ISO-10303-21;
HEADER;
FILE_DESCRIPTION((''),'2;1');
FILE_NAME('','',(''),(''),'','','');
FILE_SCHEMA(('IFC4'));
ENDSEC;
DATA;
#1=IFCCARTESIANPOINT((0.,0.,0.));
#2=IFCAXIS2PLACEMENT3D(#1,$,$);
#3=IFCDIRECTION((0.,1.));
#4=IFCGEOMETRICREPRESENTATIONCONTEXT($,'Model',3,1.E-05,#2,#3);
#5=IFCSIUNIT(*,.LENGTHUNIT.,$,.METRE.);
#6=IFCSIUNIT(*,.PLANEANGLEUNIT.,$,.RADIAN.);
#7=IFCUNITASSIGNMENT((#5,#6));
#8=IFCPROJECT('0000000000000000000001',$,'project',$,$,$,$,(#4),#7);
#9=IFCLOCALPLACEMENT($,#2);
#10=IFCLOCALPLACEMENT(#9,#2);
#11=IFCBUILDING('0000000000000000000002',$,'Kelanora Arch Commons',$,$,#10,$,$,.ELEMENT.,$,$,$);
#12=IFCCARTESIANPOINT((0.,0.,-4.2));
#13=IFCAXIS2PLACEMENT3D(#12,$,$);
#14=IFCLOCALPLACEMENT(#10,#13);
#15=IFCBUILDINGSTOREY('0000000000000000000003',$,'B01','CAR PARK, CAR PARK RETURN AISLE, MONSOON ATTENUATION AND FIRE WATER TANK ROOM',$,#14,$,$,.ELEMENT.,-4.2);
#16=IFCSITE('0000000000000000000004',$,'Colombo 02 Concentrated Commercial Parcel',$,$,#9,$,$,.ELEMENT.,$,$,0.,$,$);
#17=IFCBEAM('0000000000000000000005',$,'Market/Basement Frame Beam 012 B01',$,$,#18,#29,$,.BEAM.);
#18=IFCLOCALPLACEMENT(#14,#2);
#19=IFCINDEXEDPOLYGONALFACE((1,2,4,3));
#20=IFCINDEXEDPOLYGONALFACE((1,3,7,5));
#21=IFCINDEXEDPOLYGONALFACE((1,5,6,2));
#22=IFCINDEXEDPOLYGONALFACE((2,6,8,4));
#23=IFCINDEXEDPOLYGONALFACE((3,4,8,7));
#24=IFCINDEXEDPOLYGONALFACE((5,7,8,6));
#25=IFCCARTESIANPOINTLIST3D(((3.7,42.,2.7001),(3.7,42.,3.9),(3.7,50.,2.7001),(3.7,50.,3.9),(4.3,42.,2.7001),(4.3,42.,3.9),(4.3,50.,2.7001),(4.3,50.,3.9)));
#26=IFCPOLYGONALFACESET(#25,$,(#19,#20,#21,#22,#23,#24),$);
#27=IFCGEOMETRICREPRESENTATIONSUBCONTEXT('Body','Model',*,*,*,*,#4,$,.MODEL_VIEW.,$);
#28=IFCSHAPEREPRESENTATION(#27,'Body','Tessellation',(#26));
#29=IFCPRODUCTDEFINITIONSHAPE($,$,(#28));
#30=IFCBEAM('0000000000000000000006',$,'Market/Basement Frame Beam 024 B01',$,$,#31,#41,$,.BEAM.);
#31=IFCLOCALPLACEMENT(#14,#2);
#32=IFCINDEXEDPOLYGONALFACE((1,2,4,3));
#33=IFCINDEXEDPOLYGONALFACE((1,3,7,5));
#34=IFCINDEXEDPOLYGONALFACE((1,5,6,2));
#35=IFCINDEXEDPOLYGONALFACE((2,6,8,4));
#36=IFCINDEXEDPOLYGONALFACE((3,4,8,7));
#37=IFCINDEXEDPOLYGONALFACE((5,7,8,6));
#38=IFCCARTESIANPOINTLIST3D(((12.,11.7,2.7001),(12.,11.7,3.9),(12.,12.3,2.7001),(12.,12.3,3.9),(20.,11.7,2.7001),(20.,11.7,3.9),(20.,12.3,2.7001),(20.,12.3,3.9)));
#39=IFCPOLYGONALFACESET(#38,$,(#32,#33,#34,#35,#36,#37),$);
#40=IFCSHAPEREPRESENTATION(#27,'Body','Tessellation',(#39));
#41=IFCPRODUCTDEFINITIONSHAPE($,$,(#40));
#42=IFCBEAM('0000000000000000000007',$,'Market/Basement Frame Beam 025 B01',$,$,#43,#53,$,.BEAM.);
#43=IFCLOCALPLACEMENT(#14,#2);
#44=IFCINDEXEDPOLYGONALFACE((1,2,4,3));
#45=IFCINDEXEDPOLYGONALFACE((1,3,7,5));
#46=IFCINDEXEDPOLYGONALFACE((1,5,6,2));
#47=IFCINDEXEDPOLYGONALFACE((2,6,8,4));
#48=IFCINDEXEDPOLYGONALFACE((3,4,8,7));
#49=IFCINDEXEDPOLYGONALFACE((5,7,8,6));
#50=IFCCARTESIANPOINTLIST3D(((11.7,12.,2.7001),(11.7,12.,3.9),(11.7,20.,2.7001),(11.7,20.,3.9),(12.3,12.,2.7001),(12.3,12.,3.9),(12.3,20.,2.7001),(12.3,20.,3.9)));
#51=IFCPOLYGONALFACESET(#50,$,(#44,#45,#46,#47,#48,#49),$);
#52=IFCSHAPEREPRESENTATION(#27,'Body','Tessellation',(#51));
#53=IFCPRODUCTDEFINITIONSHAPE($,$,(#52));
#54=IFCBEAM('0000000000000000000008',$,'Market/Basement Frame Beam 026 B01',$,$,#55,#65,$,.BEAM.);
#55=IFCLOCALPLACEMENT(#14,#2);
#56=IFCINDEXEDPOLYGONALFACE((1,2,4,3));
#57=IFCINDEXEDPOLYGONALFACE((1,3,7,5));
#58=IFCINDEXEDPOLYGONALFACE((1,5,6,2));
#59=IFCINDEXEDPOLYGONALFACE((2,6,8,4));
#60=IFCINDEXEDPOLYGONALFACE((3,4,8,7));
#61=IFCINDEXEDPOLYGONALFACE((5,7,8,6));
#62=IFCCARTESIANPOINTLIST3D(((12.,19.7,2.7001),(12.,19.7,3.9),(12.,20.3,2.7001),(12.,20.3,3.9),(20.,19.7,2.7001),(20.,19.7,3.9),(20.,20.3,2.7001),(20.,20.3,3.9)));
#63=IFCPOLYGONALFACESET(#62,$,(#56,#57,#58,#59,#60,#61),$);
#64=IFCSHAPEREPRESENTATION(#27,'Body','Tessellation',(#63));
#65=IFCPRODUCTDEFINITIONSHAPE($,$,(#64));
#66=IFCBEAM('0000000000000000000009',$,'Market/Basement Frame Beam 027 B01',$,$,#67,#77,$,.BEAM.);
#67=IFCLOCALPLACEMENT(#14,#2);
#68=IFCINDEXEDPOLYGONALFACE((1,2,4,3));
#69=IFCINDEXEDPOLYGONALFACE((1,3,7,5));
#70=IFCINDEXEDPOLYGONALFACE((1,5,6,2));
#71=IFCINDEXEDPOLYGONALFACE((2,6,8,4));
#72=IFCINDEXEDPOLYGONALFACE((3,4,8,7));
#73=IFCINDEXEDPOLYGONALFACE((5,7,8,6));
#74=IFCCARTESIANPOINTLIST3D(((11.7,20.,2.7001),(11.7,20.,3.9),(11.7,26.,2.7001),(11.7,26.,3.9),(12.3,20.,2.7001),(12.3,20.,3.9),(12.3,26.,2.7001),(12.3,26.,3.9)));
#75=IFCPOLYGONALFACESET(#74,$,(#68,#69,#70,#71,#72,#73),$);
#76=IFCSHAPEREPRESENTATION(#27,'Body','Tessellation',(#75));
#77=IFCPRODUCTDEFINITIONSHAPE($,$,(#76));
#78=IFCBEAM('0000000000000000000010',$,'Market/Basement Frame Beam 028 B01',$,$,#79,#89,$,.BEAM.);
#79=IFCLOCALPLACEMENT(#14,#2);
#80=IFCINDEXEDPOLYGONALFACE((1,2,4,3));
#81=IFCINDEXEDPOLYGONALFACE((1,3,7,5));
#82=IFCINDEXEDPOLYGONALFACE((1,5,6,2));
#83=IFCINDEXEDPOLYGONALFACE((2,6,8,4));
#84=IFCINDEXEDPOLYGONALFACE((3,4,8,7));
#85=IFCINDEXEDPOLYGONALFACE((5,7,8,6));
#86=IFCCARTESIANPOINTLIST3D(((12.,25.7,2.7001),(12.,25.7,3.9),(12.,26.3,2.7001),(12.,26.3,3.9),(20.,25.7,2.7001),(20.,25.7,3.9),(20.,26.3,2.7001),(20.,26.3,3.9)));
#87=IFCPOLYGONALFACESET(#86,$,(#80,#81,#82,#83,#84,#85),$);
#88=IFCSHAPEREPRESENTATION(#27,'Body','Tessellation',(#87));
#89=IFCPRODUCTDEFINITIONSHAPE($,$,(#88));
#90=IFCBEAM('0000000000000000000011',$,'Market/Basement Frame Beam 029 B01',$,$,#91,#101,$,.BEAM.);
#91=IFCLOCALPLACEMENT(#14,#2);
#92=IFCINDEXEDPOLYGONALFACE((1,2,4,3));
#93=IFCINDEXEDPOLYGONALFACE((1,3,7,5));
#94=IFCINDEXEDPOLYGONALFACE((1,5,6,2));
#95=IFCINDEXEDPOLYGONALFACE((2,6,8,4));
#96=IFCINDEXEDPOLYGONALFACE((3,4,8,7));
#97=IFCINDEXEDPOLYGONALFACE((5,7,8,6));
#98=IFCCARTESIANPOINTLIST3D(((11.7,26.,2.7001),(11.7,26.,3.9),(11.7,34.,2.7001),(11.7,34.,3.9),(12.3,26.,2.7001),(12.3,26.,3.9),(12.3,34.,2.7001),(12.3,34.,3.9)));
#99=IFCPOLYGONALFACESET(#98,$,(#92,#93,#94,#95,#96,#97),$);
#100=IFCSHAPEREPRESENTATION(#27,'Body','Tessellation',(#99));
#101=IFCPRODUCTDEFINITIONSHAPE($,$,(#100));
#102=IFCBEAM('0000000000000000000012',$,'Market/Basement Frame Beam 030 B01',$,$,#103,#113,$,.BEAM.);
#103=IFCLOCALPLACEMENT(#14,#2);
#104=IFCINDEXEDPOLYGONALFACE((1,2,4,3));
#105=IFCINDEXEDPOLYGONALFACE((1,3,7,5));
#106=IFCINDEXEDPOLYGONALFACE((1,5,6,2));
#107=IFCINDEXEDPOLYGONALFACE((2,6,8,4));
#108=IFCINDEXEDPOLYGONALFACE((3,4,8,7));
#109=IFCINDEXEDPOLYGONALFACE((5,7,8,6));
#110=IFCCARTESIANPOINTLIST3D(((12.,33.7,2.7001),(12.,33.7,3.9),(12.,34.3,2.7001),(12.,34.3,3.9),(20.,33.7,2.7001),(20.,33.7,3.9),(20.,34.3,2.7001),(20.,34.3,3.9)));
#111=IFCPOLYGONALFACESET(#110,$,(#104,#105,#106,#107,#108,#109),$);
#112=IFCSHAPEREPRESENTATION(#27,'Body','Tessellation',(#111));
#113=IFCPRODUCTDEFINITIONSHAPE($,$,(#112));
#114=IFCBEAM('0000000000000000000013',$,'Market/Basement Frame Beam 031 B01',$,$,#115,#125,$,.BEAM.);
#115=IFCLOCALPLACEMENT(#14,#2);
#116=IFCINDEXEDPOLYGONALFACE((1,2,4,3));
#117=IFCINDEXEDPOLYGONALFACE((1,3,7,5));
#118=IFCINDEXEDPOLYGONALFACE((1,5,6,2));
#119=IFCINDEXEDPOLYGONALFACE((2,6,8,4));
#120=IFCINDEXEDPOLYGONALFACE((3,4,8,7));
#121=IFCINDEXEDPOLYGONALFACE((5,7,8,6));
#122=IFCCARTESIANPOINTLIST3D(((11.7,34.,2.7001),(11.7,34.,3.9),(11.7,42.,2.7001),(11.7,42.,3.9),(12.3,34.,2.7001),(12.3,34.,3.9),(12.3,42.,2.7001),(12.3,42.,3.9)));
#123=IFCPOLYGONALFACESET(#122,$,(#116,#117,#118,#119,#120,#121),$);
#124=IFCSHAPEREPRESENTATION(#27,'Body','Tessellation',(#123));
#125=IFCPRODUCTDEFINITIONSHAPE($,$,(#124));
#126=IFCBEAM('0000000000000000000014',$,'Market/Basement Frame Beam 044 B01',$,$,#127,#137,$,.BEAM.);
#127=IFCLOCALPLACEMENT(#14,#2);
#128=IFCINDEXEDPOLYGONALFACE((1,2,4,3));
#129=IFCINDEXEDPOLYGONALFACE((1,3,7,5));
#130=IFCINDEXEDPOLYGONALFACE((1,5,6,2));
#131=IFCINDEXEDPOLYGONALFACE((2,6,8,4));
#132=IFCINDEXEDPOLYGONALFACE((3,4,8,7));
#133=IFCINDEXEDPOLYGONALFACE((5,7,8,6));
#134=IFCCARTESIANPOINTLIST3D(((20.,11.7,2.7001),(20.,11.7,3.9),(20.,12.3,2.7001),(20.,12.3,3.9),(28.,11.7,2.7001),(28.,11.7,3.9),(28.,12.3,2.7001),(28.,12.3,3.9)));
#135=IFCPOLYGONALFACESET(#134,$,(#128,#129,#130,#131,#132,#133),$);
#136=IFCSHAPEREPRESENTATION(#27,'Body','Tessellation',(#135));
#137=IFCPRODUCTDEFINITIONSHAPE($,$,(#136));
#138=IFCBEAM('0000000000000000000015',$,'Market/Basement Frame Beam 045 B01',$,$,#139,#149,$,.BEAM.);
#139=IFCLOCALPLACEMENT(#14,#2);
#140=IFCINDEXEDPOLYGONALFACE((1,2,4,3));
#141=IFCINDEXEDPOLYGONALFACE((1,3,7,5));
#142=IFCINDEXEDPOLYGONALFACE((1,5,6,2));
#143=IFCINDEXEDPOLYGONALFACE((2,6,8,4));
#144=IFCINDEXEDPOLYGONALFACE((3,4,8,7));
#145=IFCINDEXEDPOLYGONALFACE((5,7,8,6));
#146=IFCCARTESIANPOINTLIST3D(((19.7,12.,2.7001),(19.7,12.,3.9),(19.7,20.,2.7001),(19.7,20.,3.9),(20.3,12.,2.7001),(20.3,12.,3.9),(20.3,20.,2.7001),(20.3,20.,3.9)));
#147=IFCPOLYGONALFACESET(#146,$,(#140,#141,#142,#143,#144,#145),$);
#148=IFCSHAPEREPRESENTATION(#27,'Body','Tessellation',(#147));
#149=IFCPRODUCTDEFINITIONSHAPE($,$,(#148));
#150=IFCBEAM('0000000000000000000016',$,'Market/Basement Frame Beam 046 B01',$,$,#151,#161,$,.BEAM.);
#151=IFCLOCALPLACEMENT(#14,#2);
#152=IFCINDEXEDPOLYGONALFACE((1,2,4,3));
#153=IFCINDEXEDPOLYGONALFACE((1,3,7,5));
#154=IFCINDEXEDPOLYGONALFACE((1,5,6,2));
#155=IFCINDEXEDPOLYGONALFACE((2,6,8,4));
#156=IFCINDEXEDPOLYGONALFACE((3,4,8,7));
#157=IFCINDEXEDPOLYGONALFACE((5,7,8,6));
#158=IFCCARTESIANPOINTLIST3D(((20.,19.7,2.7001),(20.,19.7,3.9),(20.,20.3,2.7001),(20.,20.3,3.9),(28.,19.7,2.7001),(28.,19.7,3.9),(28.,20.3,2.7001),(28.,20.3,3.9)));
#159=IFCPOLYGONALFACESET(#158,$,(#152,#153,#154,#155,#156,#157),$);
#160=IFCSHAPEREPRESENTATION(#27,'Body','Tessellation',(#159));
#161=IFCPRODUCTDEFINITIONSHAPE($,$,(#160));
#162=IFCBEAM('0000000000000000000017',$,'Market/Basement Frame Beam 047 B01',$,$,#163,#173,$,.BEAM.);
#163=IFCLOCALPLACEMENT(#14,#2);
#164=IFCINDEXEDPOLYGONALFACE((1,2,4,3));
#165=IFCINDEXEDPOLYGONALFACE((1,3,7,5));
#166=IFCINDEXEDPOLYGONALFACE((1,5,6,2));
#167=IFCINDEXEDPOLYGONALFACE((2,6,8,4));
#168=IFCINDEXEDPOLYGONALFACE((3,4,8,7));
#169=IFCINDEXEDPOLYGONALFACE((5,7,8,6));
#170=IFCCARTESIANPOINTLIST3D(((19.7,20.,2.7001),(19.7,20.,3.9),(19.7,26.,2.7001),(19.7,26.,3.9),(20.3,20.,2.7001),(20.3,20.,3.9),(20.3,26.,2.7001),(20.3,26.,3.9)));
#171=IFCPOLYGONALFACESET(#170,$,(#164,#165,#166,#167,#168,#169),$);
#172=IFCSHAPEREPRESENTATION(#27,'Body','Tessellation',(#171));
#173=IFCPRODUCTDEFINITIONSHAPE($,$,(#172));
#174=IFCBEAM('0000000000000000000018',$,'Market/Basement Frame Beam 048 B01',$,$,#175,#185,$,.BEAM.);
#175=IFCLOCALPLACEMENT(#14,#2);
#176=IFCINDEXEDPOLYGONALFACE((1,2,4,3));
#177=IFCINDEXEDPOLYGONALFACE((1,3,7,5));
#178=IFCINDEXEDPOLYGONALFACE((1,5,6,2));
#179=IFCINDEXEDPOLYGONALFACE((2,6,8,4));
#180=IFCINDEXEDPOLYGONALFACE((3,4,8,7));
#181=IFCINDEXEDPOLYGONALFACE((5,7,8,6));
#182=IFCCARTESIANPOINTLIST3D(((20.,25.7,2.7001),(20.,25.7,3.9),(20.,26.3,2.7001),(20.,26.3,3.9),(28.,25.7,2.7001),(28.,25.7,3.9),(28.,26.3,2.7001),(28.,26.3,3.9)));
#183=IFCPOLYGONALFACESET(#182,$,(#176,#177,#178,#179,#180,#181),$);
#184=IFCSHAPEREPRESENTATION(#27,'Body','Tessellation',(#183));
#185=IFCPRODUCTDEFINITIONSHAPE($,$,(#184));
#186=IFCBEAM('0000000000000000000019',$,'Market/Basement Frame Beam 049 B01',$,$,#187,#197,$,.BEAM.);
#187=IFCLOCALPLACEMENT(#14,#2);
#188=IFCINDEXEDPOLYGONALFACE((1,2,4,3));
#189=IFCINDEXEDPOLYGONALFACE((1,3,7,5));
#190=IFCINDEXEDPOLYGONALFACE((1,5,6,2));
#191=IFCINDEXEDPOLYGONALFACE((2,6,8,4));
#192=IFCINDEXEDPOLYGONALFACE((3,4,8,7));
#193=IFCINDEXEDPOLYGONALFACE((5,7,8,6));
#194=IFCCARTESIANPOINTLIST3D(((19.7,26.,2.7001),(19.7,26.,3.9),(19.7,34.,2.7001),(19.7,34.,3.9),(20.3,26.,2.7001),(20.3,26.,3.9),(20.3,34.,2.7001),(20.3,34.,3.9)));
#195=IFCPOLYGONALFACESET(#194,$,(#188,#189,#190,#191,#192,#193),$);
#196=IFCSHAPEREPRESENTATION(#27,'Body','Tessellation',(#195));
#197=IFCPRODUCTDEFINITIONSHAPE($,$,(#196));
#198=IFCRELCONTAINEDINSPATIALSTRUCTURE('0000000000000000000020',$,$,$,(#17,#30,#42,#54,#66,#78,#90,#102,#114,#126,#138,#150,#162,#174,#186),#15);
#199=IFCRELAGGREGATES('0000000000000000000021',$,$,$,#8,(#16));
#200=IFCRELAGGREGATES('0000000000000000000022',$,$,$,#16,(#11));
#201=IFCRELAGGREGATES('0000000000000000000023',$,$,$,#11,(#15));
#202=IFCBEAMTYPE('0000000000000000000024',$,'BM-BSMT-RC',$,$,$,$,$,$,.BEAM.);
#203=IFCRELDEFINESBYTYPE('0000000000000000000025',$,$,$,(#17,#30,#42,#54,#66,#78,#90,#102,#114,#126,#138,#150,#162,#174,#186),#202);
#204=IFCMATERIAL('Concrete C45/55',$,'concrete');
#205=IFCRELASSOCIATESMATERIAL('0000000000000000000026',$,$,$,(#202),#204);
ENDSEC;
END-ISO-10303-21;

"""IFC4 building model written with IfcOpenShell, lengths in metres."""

from ifc_helpers import new_model, si_unit, direction, frame, origin, origin_2d, place, context, subcontext, project, spatial, rectangle, extrude, material, material_profile, profile_set, type_object, element, save


model = new_model("IFC4")

# Units and contexts
model_context = context("Model", 3, precision=1e-05, world=origin(), true_north=direction((0.0, 1.0)))
body_context = subcontext(model_context, "Body", "Model", "MODEL_VIEW")
ifc_project = project(units=[si_unit("LENGTHUNIT", "METRE"), si_unit("PLANEANGLEUNIT", "RADIAN")], contexts=[model_context])

# Site, building, storey
site_placement = place(None, origin())
site = spatial("IfcSite", under=ifc_project, at=site_placement, Name="Colombo 02 Concentrated Commercial Parcel", CompositionType="ELEMENT", RefElevation=0.0)
building_placement = place(site_placement, origin())
building = spatial("IfcBuilding", under=site, at=building_placement, Name="Kelanora Arch Commons", CompositionType="ELEMENT")
storey_placement = place(building_placement, frame((0.0, 0.0, -4.2)))
storey = spatial("IfcBuildingStorey", under=building, at=storey_placement, Name="B01", Description="CAR PARK, CAR PARK RETURN AISLE, MONSOON ATTENUATION AND FIRE WATER TANK ROOM", CompositionType="ELEMENT", Elevation=-4.2)

# Beams
ifc_material_1 = material(Name="Concrete C45/55", Category="concrete")
ifc_material_profile_1 = material_profile(ifc_material_1, rectangle(XDim=0.6001, YDim=1.2, at=origin_2d()), Name="RCB600x1200")
ifc_profile_set_1 = profile_set([ifc_material_profile_1], Name="Concrete C45/55")
beam_type = type_object("IfcBeamType", Name="BM-BSMT-RC", PredefinedType="BEAM", material=ifc_profile_set_1)
for number, where, z_axis, x_axis, name in (
    (1, (4.0, 42.0, 3.3), (0.0, 1.0, 0.0), (-1.0, 0.0, 0.0), "Market/Basement Frame Beam 012 B01"),
    (2, (12.0, 12.0, 3.3), (1.0, 0.0, 0.0), (0.0, 1.0, 0.0), "Market/Basement Frame Beam 024 B01"),
    (3, (12.0, 12.0, 3.3), (0.0, 1.0, 0.0), (-1.0, 0.0, 0.0), "Market/Basement Frame Beam 025 B01"),
    (4, (12.0, 20.0, 3.3), (1.0, 0.0, 0.0), (0.0, 1.0, 0.0), "Market/Basement Frame Beam 026 B01"),
):
    element("IfcBeam", number, at=place(storey_placement, frame(where, z_axis=z_axis, x_axis=x_axis)), inside=storey, type_object=beam_type, Name=name, PredefinedType="BEAM", context=body_context, shape_type="SweptSolid", body=[
        extrude(rectangle(XDim=0.6001, YDim=1.2, at=origin_2d()), origin(), (0.0, 0.0, 1.0), 8.0),
    ])
beam_1_placement = place(storey_placement, frame((12.0, 20.0, 3.3), z_axis=(0.0, 1.0, 0.0), x_axis=(-1.0, 0.0, 0.0)))
element("IfcBeam", 5, at=beam_1_placement, inside=storey, type_object=beam_type, Name="Market/Basement Frame Beam 027 B01", PredefinedType="BEAM", context=body_context, shape_type="SweptSolid", body=[
    extrude(rectangle(XDim=0.6001, YDim=1.2, at=origin_2d()), origin(), (0.0, 0.0, 1.0), 6.0),
])
for number, where, z_axis, x_axis, name in (
    (6, (12.0, 26.0, 3.3), (1.0, 0.0, 0.0), (0.0, 1.0, 0.0), "Market/Basement Frame Beam 028 B01"),
    (7, (12.0, 26.0, 3.3), (0.0, 1.0, 0.0), (-1.0, 0.0, 0.0), "Market/Basement Frame Beam 029 B01"),
    (8, (12.0, 34.0, 3.3), (1.0, 0.0, 0.0), (0.0, 1.0, 0.0), "Market/Basement Frame Beam 030 B01"),
    (9, (12.0, 34.0, 3.3), (0.0, 1.0, 0.0), (-1.0, 0.0, 0.0), "Market/Basement Frame Beam 031 B01"),
    (10, (20.0, 12.0, 3.3), (1.0, 0.0, 0.0), (0.0, 1.0, 0.0), "Market/Basement Frame Beam 044 B01"),
    (11, (20.0, 12.0, 3.3), (0.0, 1.0, 0.0), (-1.0, 0.0, 0.0), "Market/Basement Frame Beam 045 B01"),
    (12, (20.0, 20.0, 3.3), (1.0, 0.0, 0.0), (0.0, 1.0, 0.0), "Market/Basement Frame Beam 046 B01"),
):
    element("IfcBeam", number, at=place(storey_placement, frame(where, z_axis=z_axis, x_axis=x_axis)), inside=storey, type_object=beam_type, Name=name, PredefinedType="BEAM", context=body_context, shape_type="SweptSolid", body=[
        extrude(rectangle(XDim=0.6001, YDim=1.2, at=origin_2d()), origin(), (0.0, 0.0, 1.0), 8.0),
    ])
beam_2_placement = place(storey_placement, frame((20.0, 20.0, 3.3), z_axis=(0.0, 1.0, 0.0), x_axis=(-1.0, 0.0, 0.0)))
element("IfcBeam", 13, at=beam_2_placement, inside=storey, type_object=beam_type, Name="Market/Basement Frame Beam 047 B01", PredefinedType="BEAM", context=body_context, shape_type="SweptSolid", body=[
    extrude(rectangle(XDim=0.6001, YDim=1.2, at=origin_2d()), origin(), (0.0, 0.0, 1.0), 6.0),
])
for number, where, z_axis, x_axis, name in (
    (14, (20.0, 26.0, 3.3), (1.0, 0.0, 0.0), (0.0, 1.0, 0.0), "Market/Basement Frame Beam 048 B01"),
    (15, (20.0, 26.0, 3.3), (0.0, 1.0, 0.0), (-1.0, 0.0, 0.0), "Market/Basement Frame Beam 049 B01"),
):
    element("IfcBeam", number, at=place(storey_placement, frame(where, z_axis=z_axis, x_axis=x_axis)), inside=storey, type_object=beam_type, Name=name, PredefinedType="BEAM", context=body_context, shape_type="SweptSolid", body=[
        extrude(rectangle(XDim=0.6001, YDim=1.2, at=origin_2d()), origin(), (0.0, 0.0, 1.0), 8.0),
    ])

save(model, "model.ifc")
